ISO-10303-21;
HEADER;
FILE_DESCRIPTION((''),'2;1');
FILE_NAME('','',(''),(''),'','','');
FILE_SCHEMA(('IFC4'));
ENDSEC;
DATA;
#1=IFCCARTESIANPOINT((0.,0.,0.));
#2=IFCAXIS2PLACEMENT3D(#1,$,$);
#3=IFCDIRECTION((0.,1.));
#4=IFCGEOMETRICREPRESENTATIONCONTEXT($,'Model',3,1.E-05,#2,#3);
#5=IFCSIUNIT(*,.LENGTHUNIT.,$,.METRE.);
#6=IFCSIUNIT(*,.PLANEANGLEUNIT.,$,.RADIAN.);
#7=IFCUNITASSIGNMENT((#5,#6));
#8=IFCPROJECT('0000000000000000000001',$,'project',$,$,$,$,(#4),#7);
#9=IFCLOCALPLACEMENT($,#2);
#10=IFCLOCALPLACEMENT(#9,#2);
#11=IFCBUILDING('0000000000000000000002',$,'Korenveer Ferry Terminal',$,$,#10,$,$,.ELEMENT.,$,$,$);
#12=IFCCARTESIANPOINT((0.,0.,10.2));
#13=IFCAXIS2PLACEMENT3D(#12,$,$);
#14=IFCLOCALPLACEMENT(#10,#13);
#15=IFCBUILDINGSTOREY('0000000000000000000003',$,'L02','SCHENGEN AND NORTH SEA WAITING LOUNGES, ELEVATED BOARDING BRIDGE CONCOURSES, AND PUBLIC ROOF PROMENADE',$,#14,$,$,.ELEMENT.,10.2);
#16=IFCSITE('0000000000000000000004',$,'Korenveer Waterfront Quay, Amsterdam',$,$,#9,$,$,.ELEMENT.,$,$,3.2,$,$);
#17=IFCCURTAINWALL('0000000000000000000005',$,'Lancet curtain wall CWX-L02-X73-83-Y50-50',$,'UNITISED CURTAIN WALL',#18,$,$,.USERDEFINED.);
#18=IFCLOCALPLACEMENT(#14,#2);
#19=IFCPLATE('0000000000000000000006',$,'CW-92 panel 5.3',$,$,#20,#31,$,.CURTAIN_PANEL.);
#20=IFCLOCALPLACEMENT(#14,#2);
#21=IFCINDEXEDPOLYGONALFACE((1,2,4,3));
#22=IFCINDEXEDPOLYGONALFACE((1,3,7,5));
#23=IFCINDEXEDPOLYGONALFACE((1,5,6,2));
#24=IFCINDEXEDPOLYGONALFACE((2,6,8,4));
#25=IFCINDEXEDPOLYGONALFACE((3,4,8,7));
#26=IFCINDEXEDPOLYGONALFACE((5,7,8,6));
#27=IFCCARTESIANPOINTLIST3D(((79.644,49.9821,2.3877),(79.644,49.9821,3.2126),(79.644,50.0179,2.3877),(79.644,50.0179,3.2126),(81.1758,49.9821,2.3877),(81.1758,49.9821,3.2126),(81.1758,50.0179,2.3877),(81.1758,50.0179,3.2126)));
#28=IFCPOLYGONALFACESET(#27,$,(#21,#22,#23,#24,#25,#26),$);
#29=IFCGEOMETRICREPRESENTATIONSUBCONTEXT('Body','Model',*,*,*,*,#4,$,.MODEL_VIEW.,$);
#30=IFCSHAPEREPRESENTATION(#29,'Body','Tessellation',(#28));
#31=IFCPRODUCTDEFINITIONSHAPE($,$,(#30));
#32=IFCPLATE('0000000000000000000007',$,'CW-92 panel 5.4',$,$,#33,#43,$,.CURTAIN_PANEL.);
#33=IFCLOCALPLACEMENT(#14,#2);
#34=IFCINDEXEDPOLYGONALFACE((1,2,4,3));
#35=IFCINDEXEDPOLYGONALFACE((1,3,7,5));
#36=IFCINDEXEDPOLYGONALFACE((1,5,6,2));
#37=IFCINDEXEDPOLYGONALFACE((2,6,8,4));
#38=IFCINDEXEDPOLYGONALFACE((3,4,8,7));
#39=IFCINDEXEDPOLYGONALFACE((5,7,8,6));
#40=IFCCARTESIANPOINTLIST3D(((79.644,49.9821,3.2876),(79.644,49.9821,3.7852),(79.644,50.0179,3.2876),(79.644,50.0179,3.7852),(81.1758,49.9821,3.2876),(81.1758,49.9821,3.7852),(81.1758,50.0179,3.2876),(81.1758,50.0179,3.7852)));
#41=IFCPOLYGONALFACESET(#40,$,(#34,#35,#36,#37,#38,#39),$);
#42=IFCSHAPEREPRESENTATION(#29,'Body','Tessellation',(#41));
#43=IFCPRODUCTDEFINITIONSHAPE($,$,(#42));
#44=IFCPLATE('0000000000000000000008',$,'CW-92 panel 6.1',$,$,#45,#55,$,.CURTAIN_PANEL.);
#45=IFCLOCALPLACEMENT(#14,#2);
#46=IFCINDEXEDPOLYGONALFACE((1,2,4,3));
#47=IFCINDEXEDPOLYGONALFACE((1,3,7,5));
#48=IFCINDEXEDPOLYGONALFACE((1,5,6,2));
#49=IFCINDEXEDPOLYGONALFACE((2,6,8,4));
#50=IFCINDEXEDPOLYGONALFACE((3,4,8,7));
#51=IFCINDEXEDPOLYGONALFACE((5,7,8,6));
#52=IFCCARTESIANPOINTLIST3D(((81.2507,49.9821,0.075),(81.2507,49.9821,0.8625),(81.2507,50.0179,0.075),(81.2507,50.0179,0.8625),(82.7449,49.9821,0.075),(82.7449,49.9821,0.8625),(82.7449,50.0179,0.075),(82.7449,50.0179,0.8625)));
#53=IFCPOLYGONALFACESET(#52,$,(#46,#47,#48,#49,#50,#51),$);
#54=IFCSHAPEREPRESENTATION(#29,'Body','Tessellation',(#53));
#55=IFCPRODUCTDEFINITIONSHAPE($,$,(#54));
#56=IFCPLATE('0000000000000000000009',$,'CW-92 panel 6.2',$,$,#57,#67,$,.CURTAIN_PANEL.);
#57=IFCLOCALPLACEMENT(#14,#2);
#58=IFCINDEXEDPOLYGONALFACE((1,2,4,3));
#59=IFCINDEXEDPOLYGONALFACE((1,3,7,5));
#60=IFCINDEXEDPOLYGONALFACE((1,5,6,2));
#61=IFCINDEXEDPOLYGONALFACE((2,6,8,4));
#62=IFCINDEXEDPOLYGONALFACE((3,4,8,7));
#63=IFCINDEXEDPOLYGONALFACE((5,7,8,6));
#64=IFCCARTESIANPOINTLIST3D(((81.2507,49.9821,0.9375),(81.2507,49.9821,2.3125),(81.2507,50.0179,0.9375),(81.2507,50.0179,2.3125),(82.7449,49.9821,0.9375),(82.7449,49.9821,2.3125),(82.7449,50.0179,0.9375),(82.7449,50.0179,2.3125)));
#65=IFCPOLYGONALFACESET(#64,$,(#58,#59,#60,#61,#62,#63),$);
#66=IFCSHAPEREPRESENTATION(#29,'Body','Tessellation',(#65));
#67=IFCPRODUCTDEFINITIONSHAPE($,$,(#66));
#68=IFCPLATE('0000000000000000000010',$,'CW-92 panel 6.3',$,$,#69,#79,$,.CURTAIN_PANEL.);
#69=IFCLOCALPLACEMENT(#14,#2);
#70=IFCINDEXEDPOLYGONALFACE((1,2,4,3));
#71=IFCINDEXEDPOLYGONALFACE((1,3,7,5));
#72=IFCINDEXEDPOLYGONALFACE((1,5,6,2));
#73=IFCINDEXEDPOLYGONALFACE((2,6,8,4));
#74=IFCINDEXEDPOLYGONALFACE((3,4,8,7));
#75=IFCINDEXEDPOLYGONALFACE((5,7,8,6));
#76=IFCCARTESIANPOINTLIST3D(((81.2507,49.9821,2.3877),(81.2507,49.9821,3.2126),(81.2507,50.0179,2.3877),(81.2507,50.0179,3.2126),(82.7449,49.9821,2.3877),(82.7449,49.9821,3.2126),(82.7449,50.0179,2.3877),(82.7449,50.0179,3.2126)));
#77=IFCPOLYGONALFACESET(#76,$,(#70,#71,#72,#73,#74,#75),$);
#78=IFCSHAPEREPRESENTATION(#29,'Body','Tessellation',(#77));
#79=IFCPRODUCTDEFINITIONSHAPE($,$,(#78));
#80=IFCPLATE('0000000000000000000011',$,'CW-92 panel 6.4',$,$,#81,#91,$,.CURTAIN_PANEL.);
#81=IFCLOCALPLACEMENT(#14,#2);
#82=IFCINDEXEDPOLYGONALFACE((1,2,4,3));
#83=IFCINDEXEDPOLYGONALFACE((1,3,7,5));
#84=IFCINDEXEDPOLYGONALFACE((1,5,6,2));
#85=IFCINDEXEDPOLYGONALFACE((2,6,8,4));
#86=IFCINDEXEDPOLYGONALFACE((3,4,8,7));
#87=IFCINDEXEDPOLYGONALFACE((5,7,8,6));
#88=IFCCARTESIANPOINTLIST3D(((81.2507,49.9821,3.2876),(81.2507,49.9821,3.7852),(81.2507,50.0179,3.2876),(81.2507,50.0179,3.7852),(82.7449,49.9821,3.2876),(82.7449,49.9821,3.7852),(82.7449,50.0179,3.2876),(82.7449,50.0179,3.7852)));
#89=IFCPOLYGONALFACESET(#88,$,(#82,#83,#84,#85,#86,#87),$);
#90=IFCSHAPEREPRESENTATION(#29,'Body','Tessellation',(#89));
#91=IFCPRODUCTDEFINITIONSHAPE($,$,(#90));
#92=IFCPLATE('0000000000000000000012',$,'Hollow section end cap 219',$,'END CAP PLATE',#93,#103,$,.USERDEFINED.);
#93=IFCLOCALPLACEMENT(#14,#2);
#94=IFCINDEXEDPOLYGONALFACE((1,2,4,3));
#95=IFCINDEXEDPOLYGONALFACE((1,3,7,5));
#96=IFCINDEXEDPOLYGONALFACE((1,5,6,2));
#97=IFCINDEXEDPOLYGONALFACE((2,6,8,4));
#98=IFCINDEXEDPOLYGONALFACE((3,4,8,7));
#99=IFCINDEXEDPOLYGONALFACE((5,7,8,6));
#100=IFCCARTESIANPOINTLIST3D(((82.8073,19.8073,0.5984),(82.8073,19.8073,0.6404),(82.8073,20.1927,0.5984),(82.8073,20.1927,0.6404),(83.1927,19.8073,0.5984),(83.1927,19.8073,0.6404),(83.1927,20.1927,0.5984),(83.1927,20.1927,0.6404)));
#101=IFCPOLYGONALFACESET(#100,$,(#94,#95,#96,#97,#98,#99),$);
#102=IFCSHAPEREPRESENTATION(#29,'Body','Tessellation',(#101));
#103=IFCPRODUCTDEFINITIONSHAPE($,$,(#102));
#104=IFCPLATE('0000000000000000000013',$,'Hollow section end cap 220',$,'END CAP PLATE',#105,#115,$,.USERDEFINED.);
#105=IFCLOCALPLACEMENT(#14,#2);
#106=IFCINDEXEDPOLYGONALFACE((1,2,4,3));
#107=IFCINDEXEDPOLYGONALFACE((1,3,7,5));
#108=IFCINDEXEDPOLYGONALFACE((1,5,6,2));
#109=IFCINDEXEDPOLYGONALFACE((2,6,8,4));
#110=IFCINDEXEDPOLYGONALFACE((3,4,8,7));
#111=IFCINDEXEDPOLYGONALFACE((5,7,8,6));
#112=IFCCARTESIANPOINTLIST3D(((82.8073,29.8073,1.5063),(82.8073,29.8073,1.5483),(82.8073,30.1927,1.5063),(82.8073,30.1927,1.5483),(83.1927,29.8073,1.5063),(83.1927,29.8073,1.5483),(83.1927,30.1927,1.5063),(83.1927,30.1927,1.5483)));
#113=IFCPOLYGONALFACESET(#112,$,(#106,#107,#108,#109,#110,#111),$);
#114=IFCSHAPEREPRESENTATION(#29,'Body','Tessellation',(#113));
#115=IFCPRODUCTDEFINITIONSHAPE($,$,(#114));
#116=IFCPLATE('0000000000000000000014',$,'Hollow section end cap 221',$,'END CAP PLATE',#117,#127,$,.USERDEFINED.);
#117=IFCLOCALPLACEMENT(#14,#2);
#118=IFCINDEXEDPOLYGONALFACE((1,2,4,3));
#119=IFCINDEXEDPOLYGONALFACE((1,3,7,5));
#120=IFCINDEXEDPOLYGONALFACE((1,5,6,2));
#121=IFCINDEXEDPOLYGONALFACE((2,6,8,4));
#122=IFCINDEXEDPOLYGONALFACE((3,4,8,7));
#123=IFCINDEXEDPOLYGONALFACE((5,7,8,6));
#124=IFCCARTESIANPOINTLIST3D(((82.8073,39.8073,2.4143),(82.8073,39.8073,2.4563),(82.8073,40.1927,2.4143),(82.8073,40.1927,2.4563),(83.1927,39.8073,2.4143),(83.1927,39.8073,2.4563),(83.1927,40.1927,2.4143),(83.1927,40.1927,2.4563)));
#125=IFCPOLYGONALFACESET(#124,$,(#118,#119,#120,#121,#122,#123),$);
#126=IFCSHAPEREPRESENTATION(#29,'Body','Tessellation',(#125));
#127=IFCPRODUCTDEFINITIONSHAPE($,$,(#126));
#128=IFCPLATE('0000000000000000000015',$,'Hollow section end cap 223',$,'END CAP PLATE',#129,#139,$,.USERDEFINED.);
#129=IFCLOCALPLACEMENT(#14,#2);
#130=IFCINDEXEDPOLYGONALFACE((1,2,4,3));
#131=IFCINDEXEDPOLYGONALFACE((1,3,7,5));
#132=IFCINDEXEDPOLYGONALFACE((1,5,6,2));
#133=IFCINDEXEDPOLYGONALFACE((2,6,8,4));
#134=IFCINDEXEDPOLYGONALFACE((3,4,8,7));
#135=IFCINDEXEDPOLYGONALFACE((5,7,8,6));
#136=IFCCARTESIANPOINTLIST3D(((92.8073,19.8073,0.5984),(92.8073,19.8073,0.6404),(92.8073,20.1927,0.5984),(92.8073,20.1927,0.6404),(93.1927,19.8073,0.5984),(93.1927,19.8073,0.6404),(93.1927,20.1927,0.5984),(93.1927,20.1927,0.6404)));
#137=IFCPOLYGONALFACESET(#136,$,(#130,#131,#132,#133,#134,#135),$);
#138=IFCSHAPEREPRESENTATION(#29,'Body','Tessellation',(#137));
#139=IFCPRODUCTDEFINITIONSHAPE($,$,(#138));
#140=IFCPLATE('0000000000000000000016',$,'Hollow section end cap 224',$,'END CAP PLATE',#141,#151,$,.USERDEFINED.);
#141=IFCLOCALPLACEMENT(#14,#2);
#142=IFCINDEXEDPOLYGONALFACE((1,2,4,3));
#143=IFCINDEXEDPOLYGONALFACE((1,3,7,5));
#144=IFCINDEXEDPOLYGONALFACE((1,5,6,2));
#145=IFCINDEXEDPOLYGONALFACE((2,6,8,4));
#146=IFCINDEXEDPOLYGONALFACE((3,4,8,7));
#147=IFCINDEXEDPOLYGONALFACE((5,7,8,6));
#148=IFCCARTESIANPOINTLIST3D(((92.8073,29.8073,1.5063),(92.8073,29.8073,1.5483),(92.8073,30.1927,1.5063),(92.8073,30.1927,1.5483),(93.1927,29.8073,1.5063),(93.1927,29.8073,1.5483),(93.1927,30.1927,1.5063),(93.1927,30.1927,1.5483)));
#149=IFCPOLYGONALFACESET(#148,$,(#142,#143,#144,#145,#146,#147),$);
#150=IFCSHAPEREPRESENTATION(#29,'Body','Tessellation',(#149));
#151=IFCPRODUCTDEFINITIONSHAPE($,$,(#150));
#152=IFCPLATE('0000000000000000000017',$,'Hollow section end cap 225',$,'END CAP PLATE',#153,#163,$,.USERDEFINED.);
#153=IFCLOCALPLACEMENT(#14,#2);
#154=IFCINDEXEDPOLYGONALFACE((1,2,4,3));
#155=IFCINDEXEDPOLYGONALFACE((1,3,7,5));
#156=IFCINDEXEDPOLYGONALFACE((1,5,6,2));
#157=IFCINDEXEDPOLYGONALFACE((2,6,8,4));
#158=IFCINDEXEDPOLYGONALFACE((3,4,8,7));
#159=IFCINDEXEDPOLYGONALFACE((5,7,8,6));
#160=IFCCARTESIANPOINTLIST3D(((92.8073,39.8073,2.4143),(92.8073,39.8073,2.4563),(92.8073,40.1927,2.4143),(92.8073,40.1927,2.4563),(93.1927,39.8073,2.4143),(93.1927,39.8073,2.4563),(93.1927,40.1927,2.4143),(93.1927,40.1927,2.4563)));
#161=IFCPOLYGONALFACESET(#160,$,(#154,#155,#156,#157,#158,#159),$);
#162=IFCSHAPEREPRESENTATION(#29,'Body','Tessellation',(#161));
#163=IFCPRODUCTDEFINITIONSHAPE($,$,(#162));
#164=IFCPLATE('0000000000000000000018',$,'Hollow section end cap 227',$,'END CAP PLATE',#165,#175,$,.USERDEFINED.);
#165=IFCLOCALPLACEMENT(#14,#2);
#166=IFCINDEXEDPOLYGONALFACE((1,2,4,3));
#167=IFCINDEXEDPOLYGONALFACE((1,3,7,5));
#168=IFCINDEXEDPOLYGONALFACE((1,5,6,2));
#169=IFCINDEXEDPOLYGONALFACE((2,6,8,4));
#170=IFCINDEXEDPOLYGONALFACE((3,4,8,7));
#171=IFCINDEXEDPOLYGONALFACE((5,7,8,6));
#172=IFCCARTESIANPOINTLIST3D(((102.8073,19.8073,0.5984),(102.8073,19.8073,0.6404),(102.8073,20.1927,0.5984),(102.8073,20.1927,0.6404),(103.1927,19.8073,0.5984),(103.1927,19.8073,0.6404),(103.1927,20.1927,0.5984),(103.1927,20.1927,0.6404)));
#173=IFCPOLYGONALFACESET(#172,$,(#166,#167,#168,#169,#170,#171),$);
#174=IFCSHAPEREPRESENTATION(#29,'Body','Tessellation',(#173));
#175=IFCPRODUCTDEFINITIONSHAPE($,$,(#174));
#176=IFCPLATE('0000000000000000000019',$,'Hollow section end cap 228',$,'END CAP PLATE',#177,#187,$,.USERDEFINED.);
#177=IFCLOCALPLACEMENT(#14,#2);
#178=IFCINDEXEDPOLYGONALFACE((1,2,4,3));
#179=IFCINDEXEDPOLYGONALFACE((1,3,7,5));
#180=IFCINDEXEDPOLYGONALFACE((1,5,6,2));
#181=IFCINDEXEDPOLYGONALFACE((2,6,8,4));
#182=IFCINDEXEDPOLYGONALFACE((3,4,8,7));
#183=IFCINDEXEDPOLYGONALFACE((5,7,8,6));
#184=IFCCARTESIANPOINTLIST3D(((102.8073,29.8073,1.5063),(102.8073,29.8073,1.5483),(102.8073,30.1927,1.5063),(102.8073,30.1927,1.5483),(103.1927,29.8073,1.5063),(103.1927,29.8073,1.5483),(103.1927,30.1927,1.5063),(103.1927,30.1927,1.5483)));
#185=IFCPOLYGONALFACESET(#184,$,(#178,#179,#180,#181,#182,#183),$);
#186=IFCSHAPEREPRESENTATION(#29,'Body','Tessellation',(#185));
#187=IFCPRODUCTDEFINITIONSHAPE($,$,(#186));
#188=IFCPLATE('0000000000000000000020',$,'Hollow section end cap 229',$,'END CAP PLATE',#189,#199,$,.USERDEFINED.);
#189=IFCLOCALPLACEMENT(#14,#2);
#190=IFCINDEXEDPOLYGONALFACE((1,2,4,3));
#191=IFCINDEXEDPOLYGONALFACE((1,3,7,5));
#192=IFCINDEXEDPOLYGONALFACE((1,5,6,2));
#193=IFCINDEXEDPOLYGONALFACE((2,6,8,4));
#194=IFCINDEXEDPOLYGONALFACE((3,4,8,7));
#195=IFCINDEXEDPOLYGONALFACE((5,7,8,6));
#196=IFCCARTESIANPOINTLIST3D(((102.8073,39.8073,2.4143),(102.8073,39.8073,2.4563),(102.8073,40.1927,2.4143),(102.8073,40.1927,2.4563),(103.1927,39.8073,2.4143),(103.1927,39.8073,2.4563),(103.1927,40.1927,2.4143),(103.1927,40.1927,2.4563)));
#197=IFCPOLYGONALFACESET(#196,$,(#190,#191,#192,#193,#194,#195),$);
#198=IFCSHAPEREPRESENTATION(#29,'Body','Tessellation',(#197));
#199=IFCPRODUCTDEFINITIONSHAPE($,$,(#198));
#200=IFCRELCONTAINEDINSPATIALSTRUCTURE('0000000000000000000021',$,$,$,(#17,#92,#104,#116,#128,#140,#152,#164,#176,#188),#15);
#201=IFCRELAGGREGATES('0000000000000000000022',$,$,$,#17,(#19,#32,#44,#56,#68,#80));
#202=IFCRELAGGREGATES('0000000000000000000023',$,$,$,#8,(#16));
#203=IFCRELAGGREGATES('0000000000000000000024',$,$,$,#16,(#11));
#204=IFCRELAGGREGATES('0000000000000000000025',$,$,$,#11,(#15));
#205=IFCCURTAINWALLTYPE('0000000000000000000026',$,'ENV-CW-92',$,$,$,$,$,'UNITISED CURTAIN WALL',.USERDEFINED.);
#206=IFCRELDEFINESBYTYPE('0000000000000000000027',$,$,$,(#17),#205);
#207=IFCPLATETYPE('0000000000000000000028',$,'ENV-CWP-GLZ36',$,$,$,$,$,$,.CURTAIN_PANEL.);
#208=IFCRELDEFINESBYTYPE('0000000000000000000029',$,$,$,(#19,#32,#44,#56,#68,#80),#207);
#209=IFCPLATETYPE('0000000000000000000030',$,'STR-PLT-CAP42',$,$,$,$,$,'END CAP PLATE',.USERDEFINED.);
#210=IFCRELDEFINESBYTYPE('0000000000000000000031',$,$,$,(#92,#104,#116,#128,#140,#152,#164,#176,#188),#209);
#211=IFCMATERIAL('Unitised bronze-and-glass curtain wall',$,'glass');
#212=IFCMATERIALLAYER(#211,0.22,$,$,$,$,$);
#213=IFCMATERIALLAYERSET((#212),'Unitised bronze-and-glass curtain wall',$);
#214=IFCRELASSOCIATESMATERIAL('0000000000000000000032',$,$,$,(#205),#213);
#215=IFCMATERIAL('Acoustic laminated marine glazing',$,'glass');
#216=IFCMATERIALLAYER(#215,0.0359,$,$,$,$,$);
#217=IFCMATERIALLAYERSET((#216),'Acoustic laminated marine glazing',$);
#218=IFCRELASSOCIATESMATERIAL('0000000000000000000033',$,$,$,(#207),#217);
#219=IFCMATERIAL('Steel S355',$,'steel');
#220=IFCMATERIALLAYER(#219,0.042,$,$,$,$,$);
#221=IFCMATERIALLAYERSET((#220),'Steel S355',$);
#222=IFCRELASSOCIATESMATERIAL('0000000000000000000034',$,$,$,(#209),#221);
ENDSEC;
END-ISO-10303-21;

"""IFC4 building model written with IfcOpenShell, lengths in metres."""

from ifc_helpers import new_model, si_unit, direction, frame, origin, origin_2d, place, context, subcontext, project, spatial, rectangle, extrude, material, layer, layer_set, type_object, element, aggregate, save


model = new_model("IFC4")

# Units and contexts
model_context = context("Model", 3, precision=1e-05, world=origin(), true_north=direction((0.0, 1.0)))
body_context = subcontext(model_context, "Body", "Model", "MODEL_VIEW")
ifc_project = project(units=[si_unit("LENGTHUNIT", "METRE"), si_unit("PLANEANGLEUNIT", "RADIAN")], contexts=[model_context])

# Site, building, storey
site_placement = place(None, origin())
site = spatial("IfcSite", under=ifc_project, at=site_placement, Name="Korenveer Waterfront Quay, Amsterdam", CompositionType="ELEMENT", RefElevation=3.2)
building_placement = place(site_placement, origin())
building = spatial("IfcBuilding", under=site, at=building_placement, Name="Korenveer Ferry Terminal", CompositionType="ELEMENT")
storey_placement = place(building_placement, frame((0.0, 0.0, 10.2)))
storey = spatial("IfcBuildingStorey", under=building, at=storey_placement, Name="L02", Description="SCHENGEN AND NORTH SEA WAITING LOUNGES, ELEVATED BOARDING BRIDGE CONCOURSES, AND PUBLIC ROOF PROMENADE", CompositionType="ELEMENT", Elevation=10.2)

# Shared definitions
ifc_material_1 = material(Name="Steel S355", Category="steel")

# Curtain wall
ifc_material_2 = material(Name="Unitised bronze-and-glass curtain wall", Category="glass")
ifc_layer_1 = layer(ifc_material_2, 0.22)
ifc_layer_set_1 = layer_set([ifc_layer_1], Name="Unitised bronze-and-glass curtain wall")
curtain_wall_type_1 = type_object("IfcCurtainWallType", Name="ENV-CW-92", ElementType="UNITISED CURTAIN WALL", PredefinedType="USERDEFINED", material=ifc_layer_set_1)
curtain_wall_1_placement = place(storey_placement, frame((73.1799, 50.0, 0.0)))
curtain_wall_1 = element("IfcCurtainWall", 1, at=curtain_wall_1_placement, inside=storey, type_object=curtain_wall_type_1, Name="Lancet curtain wall CWX-L02-X73-83-Y50-50", ObjectType="UNITISED CURTAIN WALL", PredefinedType="USERDEFINED")

# Plates
ifc_material_3 = material(Name="Acoustic laminated marine glazing", Category="glass")
ifc_layer_2 = layer(ifc_material_3, 0.0359)
ifc_layer_set_2 = layer_set([ifc_layer_2], Name="Acoustic laminated marine glazing")
plate_type_1 = type_object("IfcPlateType", Name="ENV-CWP-GLZ36", PredefinedType="CURTAIN_PANEL", material=ifc_layer_set_2)
plate_1_placement = place(storey_placement, frame((80.4099, 50.0, 2.3877), z_axis=(0.0, 0.0, 1.0), x_axis=(1.0, 0.0, 0.0)))
plate_1 = element("IfcPlate", 2, at=plate_1_placement, type_object=plate_type_1, Name="CW-92 panel 5.3", PredefinedType="CURTAIN_PANEL", context=body_context, shape_type="SweptSolid", body=[
    extrude(rectangle(XDim=1.5317, YDim=0.0359, at=origin_2d()), origin(), (0.0, 0.0, 1.0), 0.825),
])
plate_2_placement = place(storey_placement, frame((80.4099, 50.0, 3.2876), z_axis=(0.0, 0.0, 1.0), x_axis=(1.0, 0.0, 0.0)))
plate_2 = element("IfcPlate", 3, at=plate_2_placement, type_object=plate_type_1, Name="CW-92 panel 5.4", PredefinedType="CURTAIN_PANEL", context=body_context, shape_type="SweptSolid", body=[
    extrude(rectangle(XDim=1.5317, YDim=0.0359, at=origin_2d()), origin(), (0.0, 0.0, 1.0), 0.4976),
])
plate_3_placement = place(storey_placement, frame((81.9978, 50.0, 0.075), z_axis=(0.0, 0.0, 1.0), x_axis=(1.0, 0.0, 0.0)))
plate_3 = element("IfcPlate", 4, at=plate_3_placement, type_object=plate_type_1, Name="CW-92 panel 6.1", PredefinedType="CURTAIN_PANEL", context=body_context, shape_type="SweptSolid", body=[
    extrude(rectangle(XDim=1.4941, YDim=0.0359, at=origin_2d()), origin(), (0.0, 0.0, 1.0), 0.7876),
])
plate_4_placement = place(storey_placement, frame((81.9978, 50.0, 0.9375), z_axis=(0.0, 0.0, 1.0), x_axis=(1.0, 0.0, 0.0)))
plate_4 = element("IfcPlate", 5, at=plate_4_placement, type_object=plate_type_1, Name="CW-92 panel 6.2", PredefinedType="CURTAIN_PANEL", context=body_context, shape_type="SweptSolid", body=[
    extrude(rectangle(XDim=1.4941, YDim=0.0359, at=origin_2d()), origin(), (0.0, 0.0, 1.0), 1.375),
])
plate_5_placement = place(storey_placement, frame((81.9978, 50.0, 2.3877), z_axis=(0.0, 0.0, 1.0), x_axis=(1.0, 0.0, 0.0)))
plate_5 = element("IfcPlate", 6, at=plate_5_placement, type_object=plate_type_1, Name="CW-92 panel 6.3", PredefinedType="CURTAIN_PANEL", context=body_context, shape_type="SweptSolid", body=[
    extrude(rectangle(XDim=1.4941, YDim=0.0359, at=origin_2d()), origin(), (0.0, 0.0, 1.0), 0.825),
])
plate_6_placement = place(storey_placement, frame((81.9978, 50.0, 3.2876), z_axis=(0.0, 0.0, 1.0), x_axis=(1.0, 0.0, 0.0)))
plate_6 = element("IfcPlate", 7, at=plate_6_placement, type_object=plate_type_1, Name="CW-92 panel 6.4", PredefinedType="CURTAIN_PANEL", context=body_context, shape_type="SweptSolid", body=[
    extrude(rectangle(XDim=1.4941, YDim=0.0359, at=origin_2d()), origin(), (0.0, 0.0, 1.0), 0.4976),
])
aggregate(curtain_wall_1, [plate_1, plate_2, plate_3, plate_4, plate_5, plate_6])

# Plates
ifc_layer_3 = layer(ifc_material_1, 0.042)
ifc_layer_set_3 = layer_set([ifc_layer_3], Name="Steel S355")
plate_type_2 = type_object("IfcPlateType", Name="STR-PLT-CAP42", ElementType="END CAP PLATE", PredefinedType="USERDEFINED", material=ifc_layer_set_3)
for number, where, z_axis, x_axis, name in (
    (8, (83.0, 20.0, 0.5984), (0.0, 0.0, 1.0), (1.0, 0.0, 0.0), "Hollow section end cap 219"),
    (9, (83.0, 30.0, 1.5063), (0.0, 0.0, 1.0), (1.0, 0.0, 0.0), "Hollow section end cap 220"),
    (10, (83.0, 40.0, 2.4143), (0.0, 0.0, 1.0), (1.0, 0.0, 0.0), "Hollow section end cap 221"),
    (11, (93.0, 20.0, 0.5984), (0.0, 0.0, 1.0), (1.0, 0.0, 0.0), "Hollow section end cap 223"),
    (12, (93.0, 30.0, 1.5063), (0.0, 0.0, 1.0), (1.0, 0.0, 0.0), "Hollow section end cap 224"),
    (13, (93.0, 40.0, 2.4143), (0.0, 0.0, 1.0), (1.0, 0.0, 0.0), "Hollow section end cap 225"),
    (14, (103.0, 20.0, 0.5984), (0.0, 0.0, 1.0), (1.0, 0.0, 0.0), "Hollow section end cap 227"),
    (15, (103.0, 30.0, 1.5063), (0.0, 0.0, 1.0), (1.0, 0.0, 0.0), "Hollow section end cap 228"),
    (16, (103.0, 40.0, 2.4143), (0.0, 0.0, 1.0), (1.0, 0.0, 0.0), "Hollow section end cap 229"),
):
    element("IfcPlate", number, at=place(storey_placement, frame(where, z_axis=z_axis, x_axis=x_axis)), inside=storey, type_object=plate_type_2, Name=name, ObjectType="END CAP PLATE", PredefinedType="USERDEFINED", context=body_context, shape_type="SweptSolid", body=[
        extrude(rectangle(XDim=0.3855, YDim=0.3855, at=origin_2d()), origin(), (0.0, 0.0, 1.0), 0.042),
    ])

save(model, "model.ifc")
